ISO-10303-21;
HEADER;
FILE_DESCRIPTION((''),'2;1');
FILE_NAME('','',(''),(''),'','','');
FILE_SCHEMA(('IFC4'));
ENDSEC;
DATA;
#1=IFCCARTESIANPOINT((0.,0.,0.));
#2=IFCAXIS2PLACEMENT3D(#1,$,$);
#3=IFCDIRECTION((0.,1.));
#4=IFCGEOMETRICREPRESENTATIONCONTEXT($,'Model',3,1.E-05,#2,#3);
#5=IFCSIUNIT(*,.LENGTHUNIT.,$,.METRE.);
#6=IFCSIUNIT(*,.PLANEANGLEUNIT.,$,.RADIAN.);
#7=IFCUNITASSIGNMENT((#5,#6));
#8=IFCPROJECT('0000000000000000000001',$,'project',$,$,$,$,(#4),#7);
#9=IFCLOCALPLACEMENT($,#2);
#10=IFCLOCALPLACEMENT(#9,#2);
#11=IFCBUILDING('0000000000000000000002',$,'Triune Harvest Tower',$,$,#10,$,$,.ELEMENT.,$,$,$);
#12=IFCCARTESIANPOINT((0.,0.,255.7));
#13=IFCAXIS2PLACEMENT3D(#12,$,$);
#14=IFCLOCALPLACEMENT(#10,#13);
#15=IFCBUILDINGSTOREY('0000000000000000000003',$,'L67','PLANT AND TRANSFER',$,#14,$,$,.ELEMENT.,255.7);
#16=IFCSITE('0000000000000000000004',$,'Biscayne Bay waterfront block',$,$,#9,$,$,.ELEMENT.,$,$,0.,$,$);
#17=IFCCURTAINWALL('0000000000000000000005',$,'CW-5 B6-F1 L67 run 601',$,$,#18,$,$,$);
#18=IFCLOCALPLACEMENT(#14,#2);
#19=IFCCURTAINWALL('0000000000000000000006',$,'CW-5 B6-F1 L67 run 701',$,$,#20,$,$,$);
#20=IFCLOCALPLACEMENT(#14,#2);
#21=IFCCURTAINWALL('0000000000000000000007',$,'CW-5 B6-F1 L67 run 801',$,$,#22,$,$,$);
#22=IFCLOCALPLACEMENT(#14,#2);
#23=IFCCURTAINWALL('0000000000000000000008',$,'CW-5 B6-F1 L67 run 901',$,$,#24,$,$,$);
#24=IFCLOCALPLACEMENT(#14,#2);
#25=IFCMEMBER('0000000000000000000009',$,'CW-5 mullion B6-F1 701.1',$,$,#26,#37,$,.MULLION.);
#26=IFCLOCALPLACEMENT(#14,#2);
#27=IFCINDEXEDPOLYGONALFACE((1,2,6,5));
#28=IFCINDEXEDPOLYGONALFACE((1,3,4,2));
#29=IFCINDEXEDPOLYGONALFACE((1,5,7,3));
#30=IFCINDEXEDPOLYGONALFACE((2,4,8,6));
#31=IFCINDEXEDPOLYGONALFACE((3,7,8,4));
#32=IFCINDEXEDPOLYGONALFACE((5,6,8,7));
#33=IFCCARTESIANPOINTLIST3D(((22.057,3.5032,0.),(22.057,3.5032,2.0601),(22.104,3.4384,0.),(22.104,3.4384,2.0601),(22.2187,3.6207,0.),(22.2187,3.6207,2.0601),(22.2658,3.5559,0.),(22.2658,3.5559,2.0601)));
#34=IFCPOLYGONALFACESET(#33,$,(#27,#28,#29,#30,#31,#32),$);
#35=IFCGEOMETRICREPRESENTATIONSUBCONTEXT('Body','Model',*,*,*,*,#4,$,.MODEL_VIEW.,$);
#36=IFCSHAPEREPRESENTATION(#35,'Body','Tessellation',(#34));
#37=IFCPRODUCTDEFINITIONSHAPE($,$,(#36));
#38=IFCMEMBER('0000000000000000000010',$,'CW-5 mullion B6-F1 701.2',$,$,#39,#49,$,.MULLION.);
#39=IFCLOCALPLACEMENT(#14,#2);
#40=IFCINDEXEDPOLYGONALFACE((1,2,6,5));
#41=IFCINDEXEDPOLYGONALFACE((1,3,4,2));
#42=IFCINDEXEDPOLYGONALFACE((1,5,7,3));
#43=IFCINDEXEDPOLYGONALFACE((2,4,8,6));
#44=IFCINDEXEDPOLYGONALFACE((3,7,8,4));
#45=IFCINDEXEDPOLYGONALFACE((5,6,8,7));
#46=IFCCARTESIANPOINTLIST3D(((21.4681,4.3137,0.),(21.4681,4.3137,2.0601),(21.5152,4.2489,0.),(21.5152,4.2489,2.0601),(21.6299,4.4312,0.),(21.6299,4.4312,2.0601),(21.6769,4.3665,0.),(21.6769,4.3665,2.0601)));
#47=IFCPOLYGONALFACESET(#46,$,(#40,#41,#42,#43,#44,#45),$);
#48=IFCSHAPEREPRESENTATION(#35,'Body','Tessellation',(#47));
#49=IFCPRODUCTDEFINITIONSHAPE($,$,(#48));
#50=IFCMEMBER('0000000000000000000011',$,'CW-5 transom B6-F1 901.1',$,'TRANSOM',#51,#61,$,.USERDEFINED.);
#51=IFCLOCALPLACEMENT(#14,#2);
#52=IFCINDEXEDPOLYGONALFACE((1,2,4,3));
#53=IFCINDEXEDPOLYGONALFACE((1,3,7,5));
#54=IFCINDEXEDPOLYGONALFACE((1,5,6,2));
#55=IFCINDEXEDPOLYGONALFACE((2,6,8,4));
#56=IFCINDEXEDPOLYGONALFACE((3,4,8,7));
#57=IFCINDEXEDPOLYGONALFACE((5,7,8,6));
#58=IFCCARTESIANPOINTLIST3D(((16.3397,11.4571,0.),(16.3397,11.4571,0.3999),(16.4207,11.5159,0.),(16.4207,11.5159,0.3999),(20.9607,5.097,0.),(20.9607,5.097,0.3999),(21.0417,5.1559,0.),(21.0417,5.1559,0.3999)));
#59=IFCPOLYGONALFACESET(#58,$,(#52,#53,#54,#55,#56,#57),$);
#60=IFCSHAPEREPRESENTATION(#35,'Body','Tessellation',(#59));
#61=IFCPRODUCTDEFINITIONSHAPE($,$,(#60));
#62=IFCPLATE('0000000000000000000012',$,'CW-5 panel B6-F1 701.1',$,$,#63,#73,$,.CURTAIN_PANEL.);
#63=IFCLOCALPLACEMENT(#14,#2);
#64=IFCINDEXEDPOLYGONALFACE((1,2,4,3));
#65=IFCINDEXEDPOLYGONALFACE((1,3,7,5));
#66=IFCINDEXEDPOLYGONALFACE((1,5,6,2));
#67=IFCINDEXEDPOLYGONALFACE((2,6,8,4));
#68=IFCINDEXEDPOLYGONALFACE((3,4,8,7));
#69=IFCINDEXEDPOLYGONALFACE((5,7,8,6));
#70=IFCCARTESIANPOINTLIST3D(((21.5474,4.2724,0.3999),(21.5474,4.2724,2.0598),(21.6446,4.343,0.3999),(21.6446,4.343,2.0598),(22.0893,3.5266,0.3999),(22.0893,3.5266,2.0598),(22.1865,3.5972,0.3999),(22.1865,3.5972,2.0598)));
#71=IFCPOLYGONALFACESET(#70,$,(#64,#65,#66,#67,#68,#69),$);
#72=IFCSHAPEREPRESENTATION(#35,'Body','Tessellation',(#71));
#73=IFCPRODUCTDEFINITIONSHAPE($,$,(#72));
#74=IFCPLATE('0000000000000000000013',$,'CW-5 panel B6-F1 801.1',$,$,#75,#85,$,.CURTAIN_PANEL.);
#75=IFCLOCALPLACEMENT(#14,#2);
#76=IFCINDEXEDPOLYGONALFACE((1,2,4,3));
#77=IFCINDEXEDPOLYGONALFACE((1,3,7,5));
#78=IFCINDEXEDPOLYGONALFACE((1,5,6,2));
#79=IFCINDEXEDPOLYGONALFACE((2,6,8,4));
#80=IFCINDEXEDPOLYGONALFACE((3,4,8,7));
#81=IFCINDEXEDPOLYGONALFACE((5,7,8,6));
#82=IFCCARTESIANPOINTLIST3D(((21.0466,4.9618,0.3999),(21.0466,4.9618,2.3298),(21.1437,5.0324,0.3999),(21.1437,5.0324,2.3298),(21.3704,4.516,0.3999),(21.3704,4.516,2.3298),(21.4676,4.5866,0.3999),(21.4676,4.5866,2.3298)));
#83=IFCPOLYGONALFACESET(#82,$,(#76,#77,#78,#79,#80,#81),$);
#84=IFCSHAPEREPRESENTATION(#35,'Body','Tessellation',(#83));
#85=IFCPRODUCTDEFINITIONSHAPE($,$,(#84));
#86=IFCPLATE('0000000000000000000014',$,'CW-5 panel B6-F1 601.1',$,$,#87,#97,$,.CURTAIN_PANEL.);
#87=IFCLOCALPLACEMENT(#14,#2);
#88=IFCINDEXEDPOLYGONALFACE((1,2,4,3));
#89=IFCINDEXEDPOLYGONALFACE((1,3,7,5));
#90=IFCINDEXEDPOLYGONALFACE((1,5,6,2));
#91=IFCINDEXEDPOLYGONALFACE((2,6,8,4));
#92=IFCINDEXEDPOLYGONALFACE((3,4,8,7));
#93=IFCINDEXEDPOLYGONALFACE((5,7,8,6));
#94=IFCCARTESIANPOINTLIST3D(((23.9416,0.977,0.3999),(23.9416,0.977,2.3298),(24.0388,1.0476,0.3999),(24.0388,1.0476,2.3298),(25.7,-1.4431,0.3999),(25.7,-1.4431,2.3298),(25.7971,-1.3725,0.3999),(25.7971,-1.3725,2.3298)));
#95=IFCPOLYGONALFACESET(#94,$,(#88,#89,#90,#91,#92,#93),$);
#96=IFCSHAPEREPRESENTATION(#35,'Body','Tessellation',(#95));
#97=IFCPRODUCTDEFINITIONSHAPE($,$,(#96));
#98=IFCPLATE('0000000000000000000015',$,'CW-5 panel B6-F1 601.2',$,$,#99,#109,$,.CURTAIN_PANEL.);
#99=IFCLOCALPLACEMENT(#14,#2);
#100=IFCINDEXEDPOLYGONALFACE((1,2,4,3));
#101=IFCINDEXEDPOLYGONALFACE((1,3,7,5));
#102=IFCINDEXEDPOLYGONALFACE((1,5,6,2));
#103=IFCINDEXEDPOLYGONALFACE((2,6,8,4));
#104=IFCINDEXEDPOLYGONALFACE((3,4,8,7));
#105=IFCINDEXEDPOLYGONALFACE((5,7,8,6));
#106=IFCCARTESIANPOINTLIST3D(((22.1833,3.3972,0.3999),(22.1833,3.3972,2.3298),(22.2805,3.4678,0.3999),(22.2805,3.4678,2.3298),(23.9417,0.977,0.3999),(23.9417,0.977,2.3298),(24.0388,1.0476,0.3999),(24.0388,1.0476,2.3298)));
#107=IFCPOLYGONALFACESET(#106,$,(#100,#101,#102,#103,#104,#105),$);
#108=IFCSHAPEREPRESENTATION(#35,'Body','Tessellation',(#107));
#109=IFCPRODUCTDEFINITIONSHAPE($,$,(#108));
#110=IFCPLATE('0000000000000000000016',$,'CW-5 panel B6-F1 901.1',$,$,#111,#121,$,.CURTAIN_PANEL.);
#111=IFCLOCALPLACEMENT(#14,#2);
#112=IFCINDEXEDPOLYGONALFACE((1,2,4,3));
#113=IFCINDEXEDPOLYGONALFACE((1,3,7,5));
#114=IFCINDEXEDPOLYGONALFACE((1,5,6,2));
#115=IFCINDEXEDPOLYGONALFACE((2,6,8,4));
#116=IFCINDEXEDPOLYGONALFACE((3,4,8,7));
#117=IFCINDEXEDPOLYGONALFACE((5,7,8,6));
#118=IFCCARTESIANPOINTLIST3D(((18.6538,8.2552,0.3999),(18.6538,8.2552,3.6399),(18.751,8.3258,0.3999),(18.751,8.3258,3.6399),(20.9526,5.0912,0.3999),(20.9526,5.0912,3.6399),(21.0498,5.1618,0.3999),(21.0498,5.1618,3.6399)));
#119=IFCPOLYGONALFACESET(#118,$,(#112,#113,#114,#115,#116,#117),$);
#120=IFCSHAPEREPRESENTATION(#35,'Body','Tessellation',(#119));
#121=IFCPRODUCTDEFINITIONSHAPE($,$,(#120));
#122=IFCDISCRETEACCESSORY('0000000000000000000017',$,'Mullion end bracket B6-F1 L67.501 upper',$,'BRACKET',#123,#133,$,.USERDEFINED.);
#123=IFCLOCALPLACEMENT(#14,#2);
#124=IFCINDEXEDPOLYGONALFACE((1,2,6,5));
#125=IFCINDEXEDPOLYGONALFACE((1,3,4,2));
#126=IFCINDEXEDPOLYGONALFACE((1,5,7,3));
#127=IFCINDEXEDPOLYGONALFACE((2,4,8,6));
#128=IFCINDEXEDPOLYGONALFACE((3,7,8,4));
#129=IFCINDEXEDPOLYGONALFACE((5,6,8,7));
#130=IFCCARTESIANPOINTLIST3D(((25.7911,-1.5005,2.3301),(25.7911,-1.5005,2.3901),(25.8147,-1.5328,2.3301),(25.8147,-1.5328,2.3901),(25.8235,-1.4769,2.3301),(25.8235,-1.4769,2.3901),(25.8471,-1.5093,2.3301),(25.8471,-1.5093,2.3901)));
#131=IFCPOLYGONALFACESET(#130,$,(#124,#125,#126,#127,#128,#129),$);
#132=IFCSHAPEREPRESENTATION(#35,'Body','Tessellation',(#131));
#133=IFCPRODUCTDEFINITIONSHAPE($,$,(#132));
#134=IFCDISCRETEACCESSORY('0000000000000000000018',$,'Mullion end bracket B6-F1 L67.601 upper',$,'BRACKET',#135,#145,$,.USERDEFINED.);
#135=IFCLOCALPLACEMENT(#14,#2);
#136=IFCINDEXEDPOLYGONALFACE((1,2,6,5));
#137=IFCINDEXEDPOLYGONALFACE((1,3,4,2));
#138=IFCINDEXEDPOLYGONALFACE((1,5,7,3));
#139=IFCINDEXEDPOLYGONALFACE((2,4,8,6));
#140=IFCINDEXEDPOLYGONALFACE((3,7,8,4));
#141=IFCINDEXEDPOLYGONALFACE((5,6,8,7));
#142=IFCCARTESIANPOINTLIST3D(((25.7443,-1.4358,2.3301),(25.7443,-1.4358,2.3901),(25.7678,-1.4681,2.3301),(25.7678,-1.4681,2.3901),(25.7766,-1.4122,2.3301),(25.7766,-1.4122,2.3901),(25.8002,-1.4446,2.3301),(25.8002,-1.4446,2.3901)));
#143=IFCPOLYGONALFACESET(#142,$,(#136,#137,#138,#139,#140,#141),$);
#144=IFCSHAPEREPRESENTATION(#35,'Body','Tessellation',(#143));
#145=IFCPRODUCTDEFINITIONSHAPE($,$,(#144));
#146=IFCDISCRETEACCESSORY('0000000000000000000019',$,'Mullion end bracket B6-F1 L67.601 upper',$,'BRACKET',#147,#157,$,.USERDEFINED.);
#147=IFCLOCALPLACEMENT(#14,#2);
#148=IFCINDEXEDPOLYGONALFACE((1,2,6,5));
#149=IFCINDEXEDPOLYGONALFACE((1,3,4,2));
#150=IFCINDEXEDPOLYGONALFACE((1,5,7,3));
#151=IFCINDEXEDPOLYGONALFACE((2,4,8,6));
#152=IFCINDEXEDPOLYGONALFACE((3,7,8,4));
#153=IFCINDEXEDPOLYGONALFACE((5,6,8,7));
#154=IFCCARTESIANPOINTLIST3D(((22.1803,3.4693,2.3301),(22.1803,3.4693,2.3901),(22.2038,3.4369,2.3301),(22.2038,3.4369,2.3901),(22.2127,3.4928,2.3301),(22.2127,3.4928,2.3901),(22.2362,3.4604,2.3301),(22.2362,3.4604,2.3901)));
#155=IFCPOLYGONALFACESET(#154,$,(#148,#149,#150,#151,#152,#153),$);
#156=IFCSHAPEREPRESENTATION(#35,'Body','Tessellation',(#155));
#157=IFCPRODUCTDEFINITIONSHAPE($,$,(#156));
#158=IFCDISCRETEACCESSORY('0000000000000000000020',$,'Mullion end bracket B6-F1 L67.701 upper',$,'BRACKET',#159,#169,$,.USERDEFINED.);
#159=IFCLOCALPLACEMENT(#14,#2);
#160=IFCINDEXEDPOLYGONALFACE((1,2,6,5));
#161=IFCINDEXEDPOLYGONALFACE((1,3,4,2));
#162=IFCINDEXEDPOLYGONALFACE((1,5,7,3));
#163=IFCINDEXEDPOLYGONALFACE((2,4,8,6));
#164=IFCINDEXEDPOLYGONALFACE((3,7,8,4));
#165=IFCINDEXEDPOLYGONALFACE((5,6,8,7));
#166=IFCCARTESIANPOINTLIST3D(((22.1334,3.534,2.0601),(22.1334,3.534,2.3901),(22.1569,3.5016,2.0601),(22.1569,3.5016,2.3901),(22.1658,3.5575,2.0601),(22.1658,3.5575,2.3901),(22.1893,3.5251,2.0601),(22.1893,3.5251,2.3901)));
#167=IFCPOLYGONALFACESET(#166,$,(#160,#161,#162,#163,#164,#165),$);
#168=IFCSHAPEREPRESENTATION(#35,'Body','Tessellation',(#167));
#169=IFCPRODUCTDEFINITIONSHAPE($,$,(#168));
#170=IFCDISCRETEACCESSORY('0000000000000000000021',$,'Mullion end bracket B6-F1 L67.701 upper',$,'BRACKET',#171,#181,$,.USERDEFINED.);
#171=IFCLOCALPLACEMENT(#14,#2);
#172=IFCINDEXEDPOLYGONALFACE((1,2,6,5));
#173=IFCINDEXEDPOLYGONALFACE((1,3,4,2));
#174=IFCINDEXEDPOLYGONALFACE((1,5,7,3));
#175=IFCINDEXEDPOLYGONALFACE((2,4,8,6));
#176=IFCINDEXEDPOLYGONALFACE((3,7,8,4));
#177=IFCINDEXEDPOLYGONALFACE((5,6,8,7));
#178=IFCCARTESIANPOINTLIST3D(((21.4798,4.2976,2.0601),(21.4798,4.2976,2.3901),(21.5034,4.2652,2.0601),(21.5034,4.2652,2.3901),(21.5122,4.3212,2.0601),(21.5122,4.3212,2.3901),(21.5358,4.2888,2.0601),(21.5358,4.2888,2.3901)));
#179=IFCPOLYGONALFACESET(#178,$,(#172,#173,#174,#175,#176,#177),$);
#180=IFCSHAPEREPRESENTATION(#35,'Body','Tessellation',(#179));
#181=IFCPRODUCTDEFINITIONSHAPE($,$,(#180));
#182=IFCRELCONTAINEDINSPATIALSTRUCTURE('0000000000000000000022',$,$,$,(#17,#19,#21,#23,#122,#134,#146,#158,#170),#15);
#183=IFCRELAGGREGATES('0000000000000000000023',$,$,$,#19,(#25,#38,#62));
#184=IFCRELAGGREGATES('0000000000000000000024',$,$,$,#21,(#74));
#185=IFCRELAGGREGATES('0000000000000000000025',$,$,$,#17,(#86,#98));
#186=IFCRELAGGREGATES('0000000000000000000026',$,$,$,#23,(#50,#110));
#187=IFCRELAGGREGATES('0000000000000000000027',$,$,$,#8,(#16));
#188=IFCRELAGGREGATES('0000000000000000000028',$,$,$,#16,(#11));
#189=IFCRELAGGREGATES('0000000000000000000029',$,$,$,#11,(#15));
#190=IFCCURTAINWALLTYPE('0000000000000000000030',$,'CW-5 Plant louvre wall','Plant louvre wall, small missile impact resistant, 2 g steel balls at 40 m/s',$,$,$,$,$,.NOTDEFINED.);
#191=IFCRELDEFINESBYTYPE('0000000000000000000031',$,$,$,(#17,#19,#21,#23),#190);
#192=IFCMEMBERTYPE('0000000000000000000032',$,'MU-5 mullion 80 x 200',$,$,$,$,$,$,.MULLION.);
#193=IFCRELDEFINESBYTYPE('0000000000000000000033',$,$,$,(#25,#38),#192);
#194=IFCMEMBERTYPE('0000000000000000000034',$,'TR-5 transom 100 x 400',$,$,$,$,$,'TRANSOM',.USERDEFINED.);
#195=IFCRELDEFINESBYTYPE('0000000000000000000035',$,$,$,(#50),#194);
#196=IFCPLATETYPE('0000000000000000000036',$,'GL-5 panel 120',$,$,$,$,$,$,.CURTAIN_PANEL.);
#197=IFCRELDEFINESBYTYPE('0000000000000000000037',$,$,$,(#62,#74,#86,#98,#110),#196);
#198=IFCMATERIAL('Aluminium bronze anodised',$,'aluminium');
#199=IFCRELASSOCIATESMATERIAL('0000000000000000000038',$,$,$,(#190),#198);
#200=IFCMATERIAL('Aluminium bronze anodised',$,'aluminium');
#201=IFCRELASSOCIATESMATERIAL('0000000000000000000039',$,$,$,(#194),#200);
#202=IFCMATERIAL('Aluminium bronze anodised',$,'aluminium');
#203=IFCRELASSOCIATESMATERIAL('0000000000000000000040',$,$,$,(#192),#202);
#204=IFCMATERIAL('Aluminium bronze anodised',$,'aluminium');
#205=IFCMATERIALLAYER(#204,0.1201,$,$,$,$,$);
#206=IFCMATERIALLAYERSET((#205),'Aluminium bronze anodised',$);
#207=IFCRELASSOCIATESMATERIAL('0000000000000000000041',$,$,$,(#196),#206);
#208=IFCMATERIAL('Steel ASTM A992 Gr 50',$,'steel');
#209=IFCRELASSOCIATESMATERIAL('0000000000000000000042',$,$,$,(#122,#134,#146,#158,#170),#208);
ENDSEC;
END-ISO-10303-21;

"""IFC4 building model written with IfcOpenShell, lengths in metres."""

from ifc_helpers import new_model, si_unit, direction, frame, origin, origin_2d, place, context, subcontext, project, spatial, rectangle, extrude, source, transform, mapped, material, layer, layer_set, material_profile, profile_set, type_object, element, aggregate, save


model = new_model("IFC4")

# Units and contexts
model_context = context("Model", 3, precision=1e-05, world=origin(), true_north=direction((0.0, 1.0)))
body_context = subcontext(model_context, "Body", "Model", "MODEL_VIEW")
ifc_project = project(units=[si_unit("LENGTHUNIT", "METRE"), si_unit("PLANEANGLEUNIT", "RADIAN")], contexts=[model_context])

# Site, building, storey
site_placement = place(None, origin())
site = spatial("IfcSite", under=ifc_project, at=site_placement, Name="Biscayne Bay waterfront block", CompositionType="ELEMENT", RefElevation=0.0)
building_placement = place(site_placement, origin())
building = spatial("IfcBuilding", under=site, at=building_placement, Name="Triune Harvest Tower", CompositionType="ELEMENT")
storey_placement = place(building_placement, frame((0.0, 0.0, 255.7)))
storey = spatial("IfcBuildingStorey", under=building, at=storey_placement, Name="L67", Description="PLANT AND TRANSFER", CompositionType="ELEMENT", Elevation=255.7)

# Curtain walls
ifc_material_1 = material(Name="Aluminium bronze anodised", Category="aluminium")
curtain_wall_type = type_object("IfcCurtainWallType", Name="CW-5 Plant louvre wall", Description="Plant louvre wall, small missile impact resistant, 2 g steel balls at 40 m/s", PredefinedType="NOTDEFINED", material=ifc_material_1)
curtain_wall_1_placement = place(storey_placement, origin())
curtain_wall_1 = element("IfcCurtainWall", 1, at=curtain_wall_1_placement, inside=storey, type_object=curtain_wall_type, Name="CW-5 B6-F1 L67 run 601")
ifc_material_2 = material(Name="Aluminium bronze anodised", Category="aluminium")
ifc_material_profile_1 = material_profile(ifc_material_2, rectangle(XDim=0.1001, YDim=0.3999, at=origin_2d()), Name="TR-5 transom 100 x 400")
ifc_profile_set_1 = profile_set([ifc_material_profile_1], Name="Aluminium bronze anodised")
member_type_1 = type_object("IfcMemberType", Name="TR-5 transom 100 x 400", ElementType="TRANSOM", PredefinedType="USERDEFINED", material=ifc_profile_set_1)
curtain_wall_2_placement = place(storey_placement, origin())
curtain_wall_2 = element("IfcCurtainWall", 2, at=curtain_wall_2_placement, inside=storey, type_object=curtain_wall_type, Name="CW-5 B6-F1 L67 run 701")
curtain_wall_3_placement = place(storey_placement, origin())
curtain_wall_3 = element("IfcCurtainWall", 3, at=curtain_wall_3_placement, inside=storey, type_object=curtain_wall_type, Name="CW-5 B6-F1 L67 run 801")

# Shared definitions
ifc_material_3 = material(Name="Steel ASTM A992 Gr 50", Category="steel")

# Curtain wall
curtain_wall_4_placement = place(storey_placement, origin())
curtain_wall_4 = element("IfcCurtainWall", 4, at=curtain_wall_4_placement, inside=storey, type_object=curtain_wall_type, Name="CW-5 B6-F1 L67 run 901")
ifc_material_4 = material(Name="Aluminium bronze anodised", Category="aluminium")
ifc_material_profile_2 = material_profile(ifc_material_4, rectangle(XDim=0.2, YDim=0.0801, at=origin_2d()), Name="MU-5 mullion 80 x 200")
ifc_profile_set_2 = profile_set([ifc_material_profile_2], Name="Aluminium bronze anodised")
member_type_2 = type_object("IfcMemberType", Name="MU-5 mullion 80 x 200", PredefinedType="MULLION", material=ifc_profile_set_2)

# Members
shared_shape_1 = source(origin(), body_context, "Body", "SweptSolid", [
    extrude(rectangle(XDim=0.2, YDim=0.0801, at=origin_2d()), origin(), (0.0, 0.0, 1.0), 2.0601),
])
member_1_placement = place(storey_placement, frame((22.1614, 3.5295, 0.0), z_axis=(0.0, 0.0, 1.0), x_axis=(-0.809036, -0.587759, 0.0)))
member_1 = element("IfcMember", 5, at=member_1_placement, type_object=member_type_2, Name="CW-5 mullion B6-F1 701.1", PredefinedType="MULLION", context=body_context, shape_type="MappedRepresentation", body=[
    mapped(shared_shape_1, transform((0.0, 0.0, 0.0), scale=1.0)),
])
member_2_placement = place(storey_placement, frame((21.5725, 4.3401, 0.0), z_axis=(0.0, 0.0, 1.0), x_axis=(-0.809036, -0.587759, 0.0)))
member_2 = element("IfcMember", 6, at=member_2_placement, type_object=member_type_2, Name="CW-5 mullion B6-F1 701.2", PredefinedType="MULLION", context=body_context, shape_type="MappedRepresentation", body=[
    mapped(shared_shape_1, transform((0.0, 0.0, 0.0), scale=1.0)),
])
shared_shape_2 = source(origin(), body_context, "Body", "SweptSolid", [
    extrude(rectangle(XDim=0.1001, YDim=0.3999, at=origin_2d()), origin(), (0.0, 0.0, 1.0), 7.8616),
])
member_3_placement = place(storey_placement, frame((21.0012, 5.1265, 0.2), z_axis=(-0.587802, 0.809005, 0.0), x_axis=(-0.809005, -0.587802, 0.0)))
member_3 = element("IfcMember", 7, at=member_3_placement, type_object=member_type_1, Name="CW-5 transom B6-F1 901.1", ObjectType="TRANSOM", PredefinedType="USERDEFINED", context=body_context, shape_type="MappedRepresentation", body=[
    mapped(shared_shape_2, transform((0.0, 0.0, 0.0), scale=1.0)),
])

# Plates
ifc_material_5 = material(Name="Aluminium bronze anodised", Category="aluminium")
ifc_layer = layer(ifc_material_5, 0.1201)
ifc_layer_set = layer_set([ifc_layer], Name="Aluminium bronze anodised")
plate_type = type_object("IfcPlateType", Name="GL-5 panel 120", PredefinedType="CURTAIN_PANEL", material=ifc_layer_set)
plate_1_placement = place(storey_placement, frame((21.8669, 3.9348, 0.3999), z_axis=(0.0, 0.0, 1.0), x_axis=(-0.587759, 0.809036, 0.0)))
plate_1 = element("IfcPlate", 8, at=plate_1_placement, type_object=plate_type, Name="CW-5 panel B6-F1 701.1", PredefinedType="CURTAIN_PANEL", context=body_context, shape_type="SweptSolid", body=[
    extrude(rectangle(XDim=0.9219, YDim=0.1201, at=origin_2d()), origin(), (0.0, 0.0, 1.0), 1.6599),
])
aggregate(curtain_wall_2, [member_1, member_2, plate_1])
plate_2_placement = place(storey_placement, frame((21.2571, 4.7742, 0.3999), z_axis=(0.0, 0.0, 1.0), x_axis=(-0.587779, 0.809022, 0.0)))
plate_2 = element("IfcPlate", 9, at=plate_2_placement, type_object=plate_type, Name="CW-5 panel B6-F1 801.1", PredefinedType="CURTAIN_PANEL", context=body_context, shape_type="SweptSolid", body=[
    extrude(rectangle(XDim=0.551, YDim=0.1201, at=origin_2d()), origin(), (0.0, 0.0, 1.0), 1.9299),
])
aggregate(curtain_wall_3, [plate_2])
shared_shape_3 = source(origin(), body_context, "Body", "SweptSolid", [
    extrude(rectangle(XDim=2.9915, YDim=0.1201, at=origin_2d()), origin(), (0.0, 0.0, 1.0), 1.9299),
])
plate_3_placement = place(storey_placement, frame((24.8694, -0.1978, 0.3999), z_axis=(0.0, 0.0, 1.0), x_axis=(-0.587788, 0.809015, 0.0)))
plate_3 = element("IfcPlate", 10, at=plate_3_placement, type_object=plate_type, Name="CW-5 panel B6-F1 601.1", PredefinedType="CURTAIN_PANEL", context=body_context, shape_type="MappedRepresentation", body=[
    mapped(shared_shape_3, transform((0.0, 0.0, 0.0), scale=1.0)),
])
plate_4_placement = place(storey_placement, frame((23.1111, 2.2224, 0.3999), z_axis=(0.0, 0.0, 1.0), x_axis=(-0.587788, 0.809015, 0.0)))
plate_4 = element("IfcPlate", 11, at=plate_4_placement, type_object=plate_type, Name="CW-5 panel B6-F1 601.2", PredefinedType="CURTAIN_PANEL", context=body_context, shape_type="MappedRepresentation", body=[
    mapped(shared_shape_3, transform((0.0, 0.0, 0.0), scale=1.0)),
])
aggregate(curtain_wall_1, [plate_3, plate_4])
shared_shape_4 = source(origin(), body_context, "Body", "SweptSolid", [
    extrude(rectangle(XDim=3.9109, YDim=0.1201, at=origin_2d()), origin(), (0.0, 0.0, 1.0), 3.24),
])
plate_5_placement = place(storey_placement, frame((19.8518, 6.7085, 0.3999), z_axis=(0.0, 0.0, 1.0), x_axis=(-0.587786, 0.809016, 0.0)))
plate_5 = element("IfcPlate", 12, at=plate_5_placement, type_object=plate_type, Name="CW-5 panel B6-F1 901.1", PredefinedType="CURTAIN_PANEL", context=body_context, shape_type="MappedRepresentation", body=[
    mapped(shared_shape_4, transform((0.0, 0.0, 0.0), scale=1.0)),
])
aggregate(curtain_wall_4, [member_3, plate_5])

# Discrete accessories
shared_shape_5 = source(origin(), body_context, "Body", "SweptSolid", [
    extrude(rectangle(XDim=0.04, YDim=0.04, at=origin_2d()), origin(), (0.0, 0.0, 1.0), 0.0601),
])
for number, where, z_axis, x_axis, name in (
    (13, (25.8191, -1.5049, 2.3301), (0.0, 0.0, 1.0), (-0.587819, 0.808992, 0.0), "Mullion end bracket B6-F1 L67.501 upper"),
    (14, (25.7722, -1.4402, 2.3301), (0.0, 0.0, 1.0), (-0.587788, 0.809015, 0.0), "Mullion end bracket B6-F1 L67.601 upper"),
    (15, (22.2083, 3.4648, 2.3301), (0.0, 0.0, 1.0), (-0.587788, 0.809015, 0.0), "Mullion end bracket B6-F1 L67.601 upper"),
):
    element("IfcDiscreteAccessory", number, at=place(storey_placement, frame(where, z_axis=z_axis, x_axis=x_axis)), inside=storey, material=ifc_material_3, Name=name, ObjectType="BRACKET", PredefinedType="USERDEFINED", context=body_context, shape_type="MappedRepresentation", body=[
        mapped(shared_shape_5, transform((0.0, 0.0, 0.0), scale=1.0)),
    ])
shared_shape_6 = source(origin(), body_context, "Body", "SweptSolid", [
    extrude(rectangle(XDim=0.04, YDim=0.04, at=origin_2d()), origin(), (0.0, 0.0, 1.0), 0.3301),
])
for number, where, z_axis, x_axis, name in (
    (16, (22.1614, 3.5295, 2.0601), (0.0, 0.0, 1.0), (-0.58776, 0.809035, 0.0), "Mullion end bracket B6-F1 L67.701 upper"),
    (17, (21.5078, 4.2932, 2.0601), (0.0, 0.0, 1.0), (-0.58776, 0.809035, 0.0), "Mullion end bracket B6-F1 L67.701 upper"),
):
    element("IfcDiscreteAccessory", number, at=place(storey_placement, frame(where, z_axis=z_axis, x_axis=x_axis)), inside=storey, material=ifc_material_3, Name=name, ObjectType="BRACKET", PredefinedType="USERDEFINED", context=body_context, shape_type="MappedRepresentation", body=[
        mapped(shared_shape_6, transform((0.0, 0.0, 0.0), scale=1.0)),
    ])

save(model, "model.ifc")
